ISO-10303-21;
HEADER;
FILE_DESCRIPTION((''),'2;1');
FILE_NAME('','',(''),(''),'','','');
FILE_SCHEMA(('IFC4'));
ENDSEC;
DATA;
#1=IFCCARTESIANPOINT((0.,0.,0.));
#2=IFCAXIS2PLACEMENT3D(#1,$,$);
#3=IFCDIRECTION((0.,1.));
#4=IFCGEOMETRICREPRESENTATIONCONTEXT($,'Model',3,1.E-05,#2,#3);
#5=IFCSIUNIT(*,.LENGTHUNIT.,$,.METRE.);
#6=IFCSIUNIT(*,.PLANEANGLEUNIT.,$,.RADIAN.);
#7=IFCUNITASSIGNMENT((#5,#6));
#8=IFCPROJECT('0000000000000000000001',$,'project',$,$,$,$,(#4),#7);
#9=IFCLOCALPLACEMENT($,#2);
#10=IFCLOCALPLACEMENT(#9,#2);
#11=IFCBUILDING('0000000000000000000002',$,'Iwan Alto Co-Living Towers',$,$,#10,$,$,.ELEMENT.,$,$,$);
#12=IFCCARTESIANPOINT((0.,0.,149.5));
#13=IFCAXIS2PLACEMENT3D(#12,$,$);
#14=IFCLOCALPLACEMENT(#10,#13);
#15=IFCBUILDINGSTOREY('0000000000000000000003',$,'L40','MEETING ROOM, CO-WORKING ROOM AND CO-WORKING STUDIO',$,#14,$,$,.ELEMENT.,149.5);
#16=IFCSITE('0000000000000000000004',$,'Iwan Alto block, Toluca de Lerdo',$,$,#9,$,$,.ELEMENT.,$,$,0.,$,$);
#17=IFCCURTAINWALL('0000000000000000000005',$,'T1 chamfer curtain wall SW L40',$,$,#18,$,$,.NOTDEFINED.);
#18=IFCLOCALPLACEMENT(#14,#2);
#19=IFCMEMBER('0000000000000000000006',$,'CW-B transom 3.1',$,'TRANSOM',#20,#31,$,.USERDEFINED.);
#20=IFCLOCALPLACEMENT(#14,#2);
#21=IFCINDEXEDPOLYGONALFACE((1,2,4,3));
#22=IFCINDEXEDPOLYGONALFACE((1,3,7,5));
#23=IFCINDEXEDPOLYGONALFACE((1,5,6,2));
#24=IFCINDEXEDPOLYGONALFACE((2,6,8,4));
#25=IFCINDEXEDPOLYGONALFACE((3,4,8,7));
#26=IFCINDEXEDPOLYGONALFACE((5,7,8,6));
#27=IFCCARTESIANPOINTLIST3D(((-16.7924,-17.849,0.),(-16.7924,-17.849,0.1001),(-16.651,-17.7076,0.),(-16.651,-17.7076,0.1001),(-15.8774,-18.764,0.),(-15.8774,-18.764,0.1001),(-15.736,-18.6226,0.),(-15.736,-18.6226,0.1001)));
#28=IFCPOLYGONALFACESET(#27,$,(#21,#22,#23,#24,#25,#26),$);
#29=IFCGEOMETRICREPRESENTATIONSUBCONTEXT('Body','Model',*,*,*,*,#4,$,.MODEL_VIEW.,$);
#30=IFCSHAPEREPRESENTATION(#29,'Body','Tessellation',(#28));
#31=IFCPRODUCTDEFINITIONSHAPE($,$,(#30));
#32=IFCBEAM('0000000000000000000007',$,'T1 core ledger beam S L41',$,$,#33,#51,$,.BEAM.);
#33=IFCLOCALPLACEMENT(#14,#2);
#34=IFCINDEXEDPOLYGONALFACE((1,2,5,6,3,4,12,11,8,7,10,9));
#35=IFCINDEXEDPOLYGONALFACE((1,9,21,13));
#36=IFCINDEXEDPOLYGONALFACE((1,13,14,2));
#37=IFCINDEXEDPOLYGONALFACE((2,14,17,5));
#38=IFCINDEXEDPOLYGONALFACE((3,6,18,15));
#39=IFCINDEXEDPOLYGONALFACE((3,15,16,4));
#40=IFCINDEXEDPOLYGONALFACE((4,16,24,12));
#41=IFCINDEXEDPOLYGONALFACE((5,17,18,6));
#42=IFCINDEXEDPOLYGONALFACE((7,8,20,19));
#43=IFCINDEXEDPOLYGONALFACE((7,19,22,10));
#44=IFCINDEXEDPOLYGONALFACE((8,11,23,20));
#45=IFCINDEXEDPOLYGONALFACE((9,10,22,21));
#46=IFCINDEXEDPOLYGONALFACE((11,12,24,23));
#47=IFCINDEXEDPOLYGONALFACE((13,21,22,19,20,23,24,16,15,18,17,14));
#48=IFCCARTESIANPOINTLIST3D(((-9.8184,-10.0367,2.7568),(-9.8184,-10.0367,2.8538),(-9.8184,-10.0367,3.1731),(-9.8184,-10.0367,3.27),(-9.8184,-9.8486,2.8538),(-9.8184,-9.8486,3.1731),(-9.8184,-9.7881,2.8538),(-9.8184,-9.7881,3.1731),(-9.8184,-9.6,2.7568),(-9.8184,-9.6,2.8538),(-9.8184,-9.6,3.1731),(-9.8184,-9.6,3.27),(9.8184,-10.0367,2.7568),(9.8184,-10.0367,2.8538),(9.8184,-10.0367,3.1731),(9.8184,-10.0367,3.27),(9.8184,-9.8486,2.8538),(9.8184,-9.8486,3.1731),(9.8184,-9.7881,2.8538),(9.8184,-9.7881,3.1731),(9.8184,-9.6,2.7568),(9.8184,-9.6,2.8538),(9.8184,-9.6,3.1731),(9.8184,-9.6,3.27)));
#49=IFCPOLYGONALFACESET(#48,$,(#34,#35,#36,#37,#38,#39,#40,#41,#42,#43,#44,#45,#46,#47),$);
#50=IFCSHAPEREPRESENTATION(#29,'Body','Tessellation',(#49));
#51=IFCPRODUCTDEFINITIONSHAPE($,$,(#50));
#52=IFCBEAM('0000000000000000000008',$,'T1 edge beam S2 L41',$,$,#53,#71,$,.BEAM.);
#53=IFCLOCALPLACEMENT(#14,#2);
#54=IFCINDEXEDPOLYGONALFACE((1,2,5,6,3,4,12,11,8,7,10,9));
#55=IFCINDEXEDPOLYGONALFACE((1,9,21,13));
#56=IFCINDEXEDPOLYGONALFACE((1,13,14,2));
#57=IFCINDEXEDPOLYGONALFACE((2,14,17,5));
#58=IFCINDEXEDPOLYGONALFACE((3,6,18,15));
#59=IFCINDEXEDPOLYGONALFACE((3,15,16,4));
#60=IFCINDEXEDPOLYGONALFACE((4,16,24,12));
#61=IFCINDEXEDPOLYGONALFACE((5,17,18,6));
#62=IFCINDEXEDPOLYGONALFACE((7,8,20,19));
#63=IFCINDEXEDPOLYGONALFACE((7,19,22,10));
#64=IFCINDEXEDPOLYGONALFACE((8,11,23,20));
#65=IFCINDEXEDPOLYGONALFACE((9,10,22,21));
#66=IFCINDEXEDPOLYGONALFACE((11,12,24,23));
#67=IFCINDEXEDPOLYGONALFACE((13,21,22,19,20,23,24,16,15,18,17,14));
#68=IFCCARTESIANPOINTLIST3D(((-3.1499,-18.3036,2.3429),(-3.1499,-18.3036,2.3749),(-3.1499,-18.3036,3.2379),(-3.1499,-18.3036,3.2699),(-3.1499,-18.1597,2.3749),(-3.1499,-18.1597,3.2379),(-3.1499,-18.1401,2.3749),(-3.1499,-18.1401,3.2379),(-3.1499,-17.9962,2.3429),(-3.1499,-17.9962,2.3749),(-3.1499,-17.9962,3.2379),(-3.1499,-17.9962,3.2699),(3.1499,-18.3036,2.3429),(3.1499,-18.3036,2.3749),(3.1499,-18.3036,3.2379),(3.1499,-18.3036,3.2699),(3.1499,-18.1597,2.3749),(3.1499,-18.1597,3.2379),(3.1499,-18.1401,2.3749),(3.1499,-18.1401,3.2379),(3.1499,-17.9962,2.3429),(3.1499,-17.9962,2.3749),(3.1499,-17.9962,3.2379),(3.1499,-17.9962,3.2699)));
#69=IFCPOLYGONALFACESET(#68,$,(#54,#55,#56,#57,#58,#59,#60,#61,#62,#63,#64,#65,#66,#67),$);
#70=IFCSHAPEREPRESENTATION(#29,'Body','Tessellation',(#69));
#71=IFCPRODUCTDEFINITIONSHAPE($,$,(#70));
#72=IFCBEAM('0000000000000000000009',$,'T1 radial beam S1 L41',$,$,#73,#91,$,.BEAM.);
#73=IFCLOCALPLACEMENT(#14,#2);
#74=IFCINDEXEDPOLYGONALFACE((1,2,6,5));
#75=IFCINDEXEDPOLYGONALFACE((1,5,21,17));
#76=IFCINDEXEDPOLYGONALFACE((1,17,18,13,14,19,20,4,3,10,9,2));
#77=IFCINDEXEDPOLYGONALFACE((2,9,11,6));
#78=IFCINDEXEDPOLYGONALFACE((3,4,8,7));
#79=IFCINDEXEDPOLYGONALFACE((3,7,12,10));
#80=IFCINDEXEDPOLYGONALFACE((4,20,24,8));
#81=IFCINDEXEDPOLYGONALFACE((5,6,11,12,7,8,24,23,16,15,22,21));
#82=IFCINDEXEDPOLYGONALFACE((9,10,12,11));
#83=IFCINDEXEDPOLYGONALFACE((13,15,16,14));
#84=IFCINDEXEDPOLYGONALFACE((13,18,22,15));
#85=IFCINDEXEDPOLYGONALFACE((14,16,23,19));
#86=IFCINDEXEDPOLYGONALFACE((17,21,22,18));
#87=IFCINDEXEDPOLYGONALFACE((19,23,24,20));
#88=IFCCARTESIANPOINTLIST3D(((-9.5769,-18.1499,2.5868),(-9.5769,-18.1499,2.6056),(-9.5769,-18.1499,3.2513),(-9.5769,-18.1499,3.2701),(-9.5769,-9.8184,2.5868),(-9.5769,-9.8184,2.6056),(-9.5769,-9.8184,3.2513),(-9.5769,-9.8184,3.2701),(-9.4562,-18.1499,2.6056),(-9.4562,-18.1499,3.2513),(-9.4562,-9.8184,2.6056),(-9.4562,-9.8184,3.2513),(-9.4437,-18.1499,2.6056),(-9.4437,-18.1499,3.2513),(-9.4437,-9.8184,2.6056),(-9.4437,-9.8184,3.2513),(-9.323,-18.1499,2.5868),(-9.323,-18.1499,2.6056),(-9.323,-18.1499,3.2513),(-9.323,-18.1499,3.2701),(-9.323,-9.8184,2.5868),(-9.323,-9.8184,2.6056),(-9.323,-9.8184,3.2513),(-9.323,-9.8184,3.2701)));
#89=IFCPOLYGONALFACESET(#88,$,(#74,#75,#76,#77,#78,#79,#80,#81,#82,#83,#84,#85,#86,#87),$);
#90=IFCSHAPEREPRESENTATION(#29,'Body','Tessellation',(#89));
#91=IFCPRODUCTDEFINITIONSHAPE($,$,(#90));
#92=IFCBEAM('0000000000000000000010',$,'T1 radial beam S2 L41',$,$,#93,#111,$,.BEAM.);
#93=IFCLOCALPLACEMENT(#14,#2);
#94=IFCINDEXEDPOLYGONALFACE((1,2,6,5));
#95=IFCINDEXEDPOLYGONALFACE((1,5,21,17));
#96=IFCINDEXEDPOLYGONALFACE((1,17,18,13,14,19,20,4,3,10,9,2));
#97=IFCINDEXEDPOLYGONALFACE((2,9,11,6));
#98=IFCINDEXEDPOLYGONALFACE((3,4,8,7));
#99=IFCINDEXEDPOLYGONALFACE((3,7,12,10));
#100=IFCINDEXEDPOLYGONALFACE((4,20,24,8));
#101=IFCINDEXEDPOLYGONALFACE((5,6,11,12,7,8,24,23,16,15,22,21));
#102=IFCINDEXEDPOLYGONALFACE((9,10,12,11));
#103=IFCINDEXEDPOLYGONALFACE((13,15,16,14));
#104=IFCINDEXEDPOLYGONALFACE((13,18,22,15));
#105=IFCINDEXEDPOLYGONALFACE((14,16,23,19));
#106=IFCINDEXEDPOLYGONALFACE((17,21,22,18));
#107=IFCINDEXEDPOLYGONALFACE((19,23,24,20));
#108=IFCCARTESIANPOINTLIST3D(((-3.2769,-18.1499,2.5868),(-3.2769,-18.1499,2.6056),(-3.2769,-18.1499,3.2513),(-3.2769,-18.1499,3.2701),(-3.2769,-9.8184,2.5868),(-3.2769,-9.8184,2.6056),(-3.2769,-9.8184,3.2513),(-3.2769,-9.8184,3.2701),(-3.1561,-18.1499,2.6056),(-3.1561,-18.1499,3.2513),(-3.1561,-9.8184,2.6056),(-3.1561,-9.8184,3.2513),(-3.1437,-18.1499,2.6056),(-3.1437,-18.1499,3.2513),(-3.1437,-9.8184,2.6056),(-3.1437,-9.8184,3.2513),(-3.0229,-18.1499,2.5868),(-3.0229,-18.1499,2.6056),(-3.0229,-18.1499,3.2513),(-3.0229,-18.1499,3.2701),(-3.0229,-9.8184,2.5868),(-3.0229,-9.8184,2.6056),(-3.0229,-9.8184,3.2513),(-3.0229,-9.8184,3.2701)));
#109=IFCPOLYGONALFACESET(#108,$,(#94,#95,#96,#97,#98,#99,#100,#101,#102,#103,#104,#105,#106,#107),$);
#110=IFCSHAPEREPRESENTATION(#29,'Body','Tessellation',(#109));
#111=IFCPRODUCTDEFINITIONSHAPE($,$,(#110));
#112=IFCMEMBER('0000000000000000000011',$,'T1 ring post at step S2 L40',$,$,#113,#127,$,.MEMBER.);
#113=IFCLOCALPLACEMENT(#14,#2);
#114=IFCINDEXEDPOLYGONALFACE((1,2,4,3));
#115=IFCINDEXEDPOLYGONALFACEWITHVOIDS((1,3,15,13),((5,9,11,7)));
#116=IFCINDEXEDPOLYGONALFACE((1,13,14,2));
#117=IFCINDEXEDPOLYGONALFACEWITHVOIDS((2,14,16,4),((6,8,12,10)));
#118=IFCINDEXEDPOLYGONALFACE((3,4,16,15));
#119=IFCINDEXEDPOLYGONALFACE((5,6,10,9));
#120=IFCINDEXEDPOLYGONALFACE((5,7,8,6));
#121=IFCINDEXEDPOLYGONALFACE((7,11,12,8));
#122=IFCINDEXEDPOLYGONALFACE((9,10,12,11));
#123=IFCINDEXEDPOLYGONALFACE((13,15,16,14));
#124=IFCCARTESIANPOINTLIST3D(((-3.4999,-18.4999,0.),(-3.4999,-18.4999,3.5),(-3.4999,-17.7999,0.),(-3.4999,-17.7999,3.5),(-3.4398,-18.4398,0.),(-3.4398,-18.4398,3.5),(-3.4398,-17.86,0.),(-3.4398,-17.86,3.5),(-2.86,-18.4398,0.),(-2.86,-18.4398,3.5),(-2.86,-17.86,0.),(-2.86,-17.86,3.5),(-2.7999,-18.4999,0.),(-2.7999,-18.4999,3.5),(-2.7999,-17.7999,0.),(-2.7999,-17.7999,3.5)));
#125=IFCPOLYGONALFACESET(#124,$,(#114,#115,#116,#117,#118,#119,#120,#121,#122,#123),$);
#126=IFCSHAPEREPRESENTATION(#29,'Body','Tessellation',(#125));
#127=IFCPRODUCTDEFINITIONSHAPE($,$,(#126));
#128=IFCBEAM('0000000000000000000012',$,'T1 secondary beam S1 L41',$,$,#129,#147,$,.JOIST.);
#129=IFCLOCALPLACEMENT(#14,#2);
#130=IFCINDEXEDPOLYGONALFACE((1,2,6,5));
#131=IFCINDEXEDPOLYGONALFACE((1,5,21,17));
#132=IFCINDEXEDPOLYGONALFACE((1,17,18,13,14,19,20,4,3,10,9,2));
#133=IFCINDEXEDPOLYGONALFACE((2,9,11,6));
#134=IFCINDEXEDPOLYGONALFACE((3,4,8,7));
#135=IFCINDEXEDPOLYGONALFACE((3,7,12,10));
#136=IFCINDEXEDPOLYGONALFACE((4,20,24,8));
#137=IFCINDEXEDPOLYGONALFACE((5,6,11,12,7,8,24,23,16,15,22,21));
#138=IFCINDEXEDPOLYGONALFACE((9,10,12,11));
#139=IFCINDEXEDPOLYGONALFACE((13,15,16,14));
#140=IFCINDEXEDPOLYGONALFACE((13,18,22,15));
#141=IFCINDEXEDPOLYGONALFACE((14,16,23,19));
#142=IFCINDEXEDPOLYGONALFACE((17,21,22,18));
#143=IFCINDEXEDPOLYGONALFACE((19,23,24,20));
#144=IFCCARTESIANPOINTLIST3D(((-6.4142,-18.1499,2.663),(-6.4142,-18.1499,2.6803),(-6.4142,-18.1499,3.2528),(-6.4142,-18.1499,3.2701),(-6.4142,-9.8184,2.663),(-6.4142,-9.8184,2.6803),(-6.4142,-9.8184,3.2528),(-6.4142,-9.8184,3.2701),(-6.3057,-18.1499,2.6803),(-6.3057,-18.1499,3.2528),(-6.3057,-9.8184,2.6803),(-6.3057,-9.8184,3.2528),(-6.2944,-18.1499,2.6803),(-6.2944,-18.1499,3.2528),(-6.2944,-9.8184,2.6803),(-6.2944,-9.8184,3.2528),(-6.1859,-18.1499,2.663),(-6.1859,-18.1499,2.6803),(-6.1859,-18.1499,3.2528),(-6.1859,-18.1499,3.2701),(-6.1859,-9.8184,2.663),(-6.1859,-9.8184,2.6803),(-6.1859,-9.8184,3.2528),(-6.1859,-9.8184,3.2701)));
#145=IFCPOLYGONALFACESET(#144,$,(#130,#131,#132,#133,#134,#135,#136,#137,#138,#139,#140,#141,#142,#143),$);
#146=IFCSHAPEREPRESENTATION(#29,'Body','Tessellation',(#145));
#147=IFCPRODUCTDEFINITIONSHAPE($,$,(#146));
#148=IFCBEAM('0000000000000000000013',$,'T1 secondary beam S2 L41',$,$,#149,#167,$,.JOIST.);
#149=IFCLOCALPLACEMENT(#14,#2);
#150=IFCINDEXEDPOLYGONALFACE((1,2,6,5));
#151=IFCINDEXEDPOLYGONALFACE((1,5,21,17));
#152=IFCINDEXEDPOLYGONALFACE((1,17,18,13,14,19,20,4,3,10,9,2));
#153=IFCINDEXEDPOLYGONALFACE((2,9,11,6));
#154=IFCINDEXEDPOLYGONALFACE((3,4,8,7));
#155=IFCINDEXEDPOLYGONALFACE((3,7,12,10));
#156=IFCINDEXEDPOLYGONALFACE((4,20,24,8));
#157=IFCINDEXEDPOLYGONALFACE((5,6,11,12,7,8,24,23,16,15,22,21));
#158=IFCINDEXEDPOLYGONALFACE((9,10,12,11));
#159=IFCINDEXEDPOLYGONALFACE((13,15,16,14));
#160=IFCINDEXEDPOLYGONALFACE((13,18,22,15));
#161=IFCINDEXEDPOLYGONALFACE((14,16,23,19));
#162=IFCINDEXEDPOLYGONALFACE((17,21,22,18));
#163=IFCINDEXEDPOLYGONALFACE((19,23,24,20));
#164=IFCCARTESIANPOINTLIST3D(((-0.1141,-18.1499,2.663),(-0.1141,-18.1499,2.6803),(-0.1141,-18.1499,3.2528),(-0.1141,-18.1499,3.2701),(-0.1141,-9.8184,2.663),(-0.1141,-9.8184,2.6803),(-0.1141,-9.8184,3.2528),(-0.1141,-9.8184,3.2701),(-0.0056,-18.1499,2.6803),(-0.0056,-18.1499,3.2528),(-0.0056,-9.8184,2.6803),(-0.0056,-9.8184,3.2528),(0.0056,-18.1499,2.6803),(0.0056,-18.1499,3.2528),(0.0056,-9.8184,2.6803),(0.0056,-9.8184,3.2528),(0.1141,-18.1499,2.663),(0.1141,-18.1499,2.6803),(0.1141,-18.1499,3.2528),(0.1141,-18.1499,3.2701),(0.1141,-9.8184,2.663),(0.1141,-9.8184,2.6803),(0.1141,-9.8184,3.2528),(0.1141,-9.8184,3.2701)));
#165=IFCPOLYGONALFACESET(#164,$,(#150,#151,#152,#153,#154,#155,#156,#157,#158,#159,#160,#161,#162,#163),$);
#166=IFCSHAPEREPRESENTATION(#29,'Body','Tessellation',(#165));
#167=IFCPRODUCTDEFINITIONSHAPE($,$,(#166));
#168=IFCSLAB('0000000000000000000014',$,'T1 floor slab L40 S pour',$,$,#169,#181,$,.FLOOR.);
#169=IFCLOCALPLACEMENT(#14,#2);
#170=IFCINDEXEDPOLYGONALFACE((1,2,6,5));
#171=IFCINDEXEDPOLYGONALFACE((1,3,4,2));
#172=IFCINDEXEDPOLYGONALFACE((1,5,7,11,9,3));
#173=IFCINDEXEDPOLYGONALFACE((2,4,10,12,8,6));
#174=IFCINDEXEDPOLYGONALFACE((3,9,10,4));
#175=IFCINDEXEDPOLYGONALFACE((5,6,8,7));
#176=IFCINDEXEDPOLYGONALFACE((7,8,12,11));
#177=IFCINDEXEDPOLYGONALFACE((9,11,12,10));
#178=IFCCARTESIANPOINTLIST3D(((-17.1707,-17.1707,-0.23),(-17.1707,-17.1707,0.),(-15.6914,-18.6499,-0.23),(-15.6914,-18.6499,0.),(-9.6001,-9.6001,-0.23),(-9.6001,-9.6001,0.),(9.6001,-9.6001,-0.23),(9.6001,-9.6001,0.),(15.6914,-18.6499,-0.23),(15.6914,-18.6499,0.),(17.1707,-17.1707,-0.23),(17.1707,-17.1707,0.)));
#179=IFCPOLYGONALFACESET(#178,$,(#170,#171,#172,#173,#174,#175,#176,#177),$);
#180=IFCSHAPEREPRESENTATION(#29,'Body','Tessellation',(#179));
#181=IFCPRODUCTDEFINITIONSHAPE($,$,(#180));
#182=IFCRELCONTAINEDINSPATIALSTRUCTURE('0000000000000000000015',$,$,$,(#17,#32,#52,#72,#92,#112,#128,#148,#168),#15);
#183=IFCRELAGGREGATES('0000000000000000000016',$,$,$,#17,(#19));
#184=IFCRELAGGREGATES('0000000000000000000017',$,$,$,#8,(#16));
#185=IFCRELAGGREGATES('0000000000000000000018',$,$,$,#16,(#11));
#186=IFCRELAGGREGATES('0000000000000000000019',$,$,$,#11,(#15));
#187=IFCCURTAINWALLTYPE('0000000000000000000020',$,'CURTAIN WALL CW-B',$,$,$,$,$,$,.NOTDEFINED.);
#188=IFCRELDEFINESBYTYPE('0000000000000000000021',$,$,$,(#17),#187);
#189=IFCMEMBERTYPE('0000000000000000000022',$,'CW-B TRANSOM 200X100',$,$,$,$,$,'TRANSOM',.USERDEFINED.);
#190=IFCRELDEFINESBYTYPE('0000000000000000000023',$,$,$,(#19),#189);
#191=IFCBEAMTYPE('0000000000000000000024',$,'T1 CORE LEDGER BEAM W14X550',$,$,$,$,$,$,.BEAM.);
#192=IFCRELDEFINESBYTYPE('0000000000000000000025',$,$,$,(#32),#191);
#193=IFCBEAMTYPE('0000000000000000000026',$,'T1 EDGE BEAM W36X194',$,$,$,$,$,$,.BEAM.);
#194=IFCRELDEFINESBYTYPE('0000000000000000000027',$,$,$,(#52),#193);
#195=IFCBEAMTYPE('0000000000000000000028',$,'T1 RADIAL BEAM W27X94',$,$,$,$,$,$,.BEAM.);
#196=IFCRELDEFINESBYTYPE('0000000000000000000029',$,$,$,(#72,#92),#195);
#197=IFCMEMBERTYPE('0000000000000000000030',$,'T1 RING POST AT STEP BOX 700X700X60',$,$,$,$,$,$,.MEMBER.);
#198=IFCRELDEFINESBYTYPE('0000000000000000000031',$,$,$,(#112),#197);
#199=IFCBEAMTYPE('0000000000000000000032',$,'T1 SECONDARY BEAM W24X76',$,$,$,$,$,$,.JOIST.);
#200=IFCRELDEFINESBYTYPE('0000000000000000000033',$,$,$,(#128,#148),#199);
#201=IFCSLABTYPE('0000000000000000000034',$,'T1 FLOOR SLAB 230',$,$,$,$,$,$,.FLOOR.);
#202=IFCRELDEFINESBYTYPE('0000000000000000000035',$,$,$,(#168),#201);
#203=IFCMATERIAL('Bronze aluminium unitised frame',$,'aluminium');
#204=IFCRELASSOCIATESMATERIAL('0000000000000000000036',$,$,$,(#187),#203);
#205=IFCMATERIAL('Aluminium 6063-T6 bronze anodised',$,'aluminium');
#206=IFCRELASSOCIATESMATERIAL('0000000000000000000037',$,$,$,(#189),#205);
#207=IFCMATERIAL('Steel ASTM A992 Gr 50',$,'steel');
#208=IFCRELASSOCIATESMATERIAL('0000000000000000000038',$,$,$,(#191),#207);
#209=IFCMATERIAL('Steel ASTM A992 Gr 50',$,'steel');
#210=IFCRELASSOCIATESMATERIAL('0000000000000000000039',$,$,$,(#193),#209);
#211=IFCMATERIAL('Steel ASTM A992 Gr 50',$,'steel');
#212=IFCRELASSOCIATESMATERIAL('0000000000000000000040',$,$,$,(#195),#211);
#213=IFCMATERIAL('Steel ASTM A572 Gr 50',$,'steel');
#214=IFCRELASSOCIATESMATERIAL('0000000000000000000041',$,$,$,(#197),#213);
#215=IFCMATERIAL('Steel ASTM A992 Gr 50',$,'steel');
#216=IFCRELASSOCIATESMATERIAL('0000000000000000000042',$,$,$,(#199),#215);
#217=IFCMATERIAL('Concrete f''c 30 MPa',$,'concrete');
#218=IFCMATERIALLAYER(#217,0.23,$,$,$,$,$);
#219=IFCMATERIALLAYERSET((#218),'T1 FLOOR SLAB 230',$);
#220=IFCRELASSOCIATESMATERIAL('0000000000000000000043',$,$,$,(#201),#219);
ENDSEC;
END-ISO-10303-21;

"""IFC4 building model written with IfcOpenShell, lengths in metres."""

from ifc_helpers import new_model, si_unit, direction, frame, origin, origin_2d, place, context, subcontext, project, spatial, polyline, rectangle, hollow_rectangle, i_section, outline, extrude, material, layer, layer_set, material_profile, profile_set, type_object, element, aggregate, save


model = new_model("IFC4")

# Units and contexts
model_context = context("Model", 3, precision=1e-05, world=origin(), true_north=direction((0.0, 1.0)))
body_context = subcontext(model_context, "Body", "Model", "MODEL_VIEW")
ifc_project = project(units=[si_unit("LENGTHUNIT", "METRE"), si_unit("PLANEANGLEUNIT", "RADIAN")], contexts=[model_context])

# Site, building, storey
site_placement = place(None, origin())
site = spatial("IfcSite", under=ifc_project, at=site_placement, Name="Iwan Alto block, Toluca de Lerdo", CompositionType="ELEMENT", RefElevation=0.0)
building_placement = place(site_placement, origin())
building = spatial("IfcBuilding", under=site, at=building_placement, Name="Iwan Alto Co-Living Towers", CompositionType="ELEMENT")
storey_placement = place(building_placement, frame((0.0, 0.0, 149.5)))
storey = spatial("IfcBuildingStorey", under=building, at=storey_placement, Name="L40", Description="MEETING ROOM, CO-WORKING ROOM AND CO-WORKING STUDIO", CompositionType="ELEMENT", Elevation=149.5)

# Curtain wall, member
ifc_material_1 = material(Name="Bronze aluminium unitised frame", Category="aluminium")
curtain_wall_type = type_object("IfcCurtainWallType", Name="CURTAIN WALL CW-B", PredefinedType="NOTDEFINED", material=ifc_material_1)
curtain_wall_placement = place(storey_placement, origin())
curtain_wall = element("IfcCurtainWall", 1, at=curtain_wall_placement, inside=storey, type_object=curtain_wall_type, Name="T1 chamfer curtain wall SW L40", PredefinedType="NOTDEFINED")
ifc_material_2 = material(Name="Aluminium 6063-T6 bronze anodised", Category="aluminium")
ifc_material_profile_1 = material_profile(ifc_material_2, rectangle(XDim=0.2, YDim=0.1001, at=origin_2d()), Name="AL 200X100")
ifc_profile_set_1 = profile_set([ifc_material_profile_1], Name="Aluminium 6063-T6 bronze anodised")
member_type_1 = type_object("IfcMemberType", Name="CW-B TRANSOM 200X100", ElementType="TRANSOM", PredefinedType="USERDEFINED", material=ifc_profile_set_1)
member_1_placement = place(storey_placement, frame((-16.7217, -17.7783, 0.05), z_axis=(0.707107, -0.707107, 0.0), x_axis=(0.707107, 0.707107, 0.0)))
member_1 = element("IfcMember", 2, at=member_1_placement, type_object=member_type_1, Name="CW-B transom 3.1", ObjectType="TRANSOM", PredefinedType="USERDEFINED", context=body_context, shape_type="SweptSolid", body=[
    extrude(rectangle(XDim=0.2, YDim=0.1001, at=origin_2d()), origin(), (0.0, 0.0, 1.0), 1.2939),
])
aggregate(curtain_wall, [member_1])

# Beams
ifc_material_3 = material(Name="Steel ASTM A992 Gr 50", Category="steel")
ifc_material_profile_2 = material_profile(ifc_material_3, i_section(OverallWidth=0.4368, OverallDepth=0.5132, WebThickness=0.0605, FlangeThickness=0.0969, at=origin_2d()), Name="W14X550")
ifc_profile_set_2 = profile_set([ifc_material_profile_2], Name="Steel ASTM A992 Gr 50")
beam_type_1 = type_object("IfcBeamType", Name="T1 CORE LEDGER BEAM W14X550", PredefinedType="BEAM", material=ifc_profile_set_2)
beam_1_placement = place(storey_placement, frame((-9.8184, -9.8184, 3.0134), z_axis=(1.0, 0.0, 0.0), x_axis=(0.0, 1.0, 0.0)))
element("IfcBeam", 3, at=beam_1_placement, inside=storey, type_object=beam_type_1, Name="T1 core ledger beam S L41", PredefinedType="BEAM", context=body_context, shape_type="SweptSolid", body=[
    extrude(i_section(OverallWidth=0.4368, OverallDepth=0.5132, WebThickness=0.0605, FlangeThickness=0.0969, at=origin_2d()), origin(), (0.0, 0.0, 1.0), 19.6367),
])
ifc_material_4 = material(Name="Steel ASTM A992 Gr 50", Category="steel")
ifc_material_profile_3 = material_profile(ifc_material_4, i_section(OverallWidth=0.3074, OverallDepth=0.927, WebThickness=0.0195, FlangeThickness=0.032, at=origin_2d()), Name="W36X194")
ifc_profile_set_3 = profile_set([ifc_material_profile_3], Name="Steel ASTM A992 Gr 50")
beam_type_2 = type_object("IfcBeamType", Name="T1 EDGE BEAM W36X194", PredefinedType="BEAM", material=ifc_profile_set_3)
beam_2_placement = place(storey_placement, frame((-3.1499, -18.1499, 2.8064), z_axis=(1.0, 0.0, 0.0), x_axis=(0.0, 1.0, 0.0)))
element("IfcBeam", 4, at=beam_2_placement, inside=storey, type_object=beam_type_2, Name="T1 edge beam S2 L41", PredefinedType="BEAM", context=body_context, shape_type="SweptSolid", body=[
    extrude(i_section(OverallWidth=0.3074, OverallDepth=0.927, WebThickness=0.0195, FlangeThickness=0.032, at=origin_2d()), origin(), (0.0, 0.0, 1.0), 6.2998),
])
ifc_material_5 = material(Name="Steel ASTM A992 Gr 50", Category="steel")
ifc_material_profile_4 = material_profile(ifc_material_5, i_section(OverallWidth=0.2539, OverallDepth=0.6833, WebThickness=0.0125, FlangeThickness=0.0188, at=origin_2d()), Name="W27X94")
ifc_profile_set_4 = profile_set([ifc_material_profile_4], Name="Steel ASTM A992 Gr 50")
beam_type_3 = type_object("IfcBeamType", Name="T1 RADIAL BEAM W27X94", PredefinedType="BEAM", material=ifc_profile_set_4)
for number, where, z_axis, x_axis, name in (
    (5, (-9.45, -18.1499, 2.9285), (0.0, 1.0, 0.0), (-1.0, 0.0, 0.0), "T1 radial beam S1 L41"),
    (6, (-3.1499, -18.1499, 2.9285), (0.0, 1.0, 0.0), (-1.0, 0.0, 0.0), "T1 radial beam S2 L41"),
):
    element("IfcBeam", number, at=place(storey_placement, frame(where, z_axis=z_axis, x_axis=x_axis)), inside=storey, type_object=beam_type_3, Name=name, PredefinedType="BEAM", context=body_context, shape_type="SweptSolid", body=[
        extrude(i_section(OverallWidth=0.2539, OverallDepth=0.6833, WebThickness=0.0125, FlangeThickness=0.0188, at=origin_2d()), origin(), (0.0, 0.0, 1.0), 8.3315),
    ])

# Member
ifc_material_6 = material(Name="Steel ASTM A572 Gr 50", Category="steel")
ifc_material_profile_5 = material_profile(ifc_material_6, hollow_rectangle(XDim=0.7, YDim=0.7, WallThickness=0.0601, at=origin_2d()), Name="BOX 700X700X60")
ifc_profile_set_5 = profile_set([ifc_material_profile_5], Name="Steel ASTM A572 Gr 50")
member_type_2 = type_object("IfcMemberType", Name="T1 RING POST AT STEP BOX 700X700X60", PredefinedType="MEMBER", material=ifc_profile_set_5)
member_2_placement = place(storey_placement, frame((-3.1499, -18.1499, 0.0), z_axis=(0.0, 0.0, 1.0), x_axis=(1.0, 0.0, 0.0)))
element("IfcMember", 7, at=member_2_placement, inside=storey, type_object=member_type_2, Name="T1 ring post at step S2 L40", PredefinedType="MEMBER", context=body_context, shape_type="SweptSolid", body=[
    extrude(hollow_rectangle(XDim=0.7, YDim=0.7, WallThickness=0.0601, at=origin_2d()), origin(), (0.0, 0.0, 1.0), 3.5),
])

# Beams
ifc_material_7 = material(Name="Steel ASTM A992 Gr 50", Category="steel")
ifc_material_profile_6 = material_profile(ifc_material_7, i_section(OverallWidth=0.2283, OverallDepth=0.6072, WebThickness=0.0112, FlangeThickness=0.0173, at=origin_2d()), Name="W24X76")
ifc_profile_set_6 = profile_set([ifc_material_profile_6], Name="Steel ASTM A992 Gr 50")
beam_type_4 = type_object("IfcBeamType", Name="T1 SECONDARY BEAM W24X76", PredefinedType="JOIST", material=ifc_profile_set_6)
for number, where, z_axis, x_axis, name in (
    (8, (-6.3, -18.1499, 2.9666), (0.0, 1.0, 0.0), (-1.0, 0.0, 0.0), "T1 secondary beam S1 L41"),
    (9, (0.0, -18.1499, 2.9666), (0.0, 1.0, 0.0), (-1.0, 0.0, 0.0), "T1 secondary beam S2 L41"),
):
    element("IfcBeam", number, at=place(storey_placement, frame(where, z_axis=z_axis, x_axis=x_axis)), inside=storey, type_object=beam_type_4, Name=name, PredefinedType="JOIST", context=body_context, shape_type="SweptSolid", body=[
        extrude(i_section(OverallWidth=0.2283, OverallDepth=0.6072, WebThickness=0.0112, FlangeThickness=0.0173, at=origin_2d()), origin(), (0.0, 0.0, 1.0), 8.3315),
    ])

# Slab
ifc_material_8 = material(Name="Concrete f'c 30 MPa", Category="concrete")
ifc_layer_1 = layer(ifc_material_8, 0.23)
ifc_layer_set_1 = layer_set([ifc_layer_1], Name="T1 FLOOR SLAB 230")
slab_type = type_object("IfcSlabType", Name="T1 FLOOR SLAB 230", PredefinedType="FLOOR", material=ifc_layer_set_1)
slab_1_placement = place(storey_placement, frame((0.0, 0.0, -0.23)))
element("IfcSlab", 10, at=slab_1_placement, inside=storey, type_object=slab_type, Name="T1 floor slab L40 S pour", PredefinedType="FLOOR", context=body_context, shape_type="SweptSolid", body=[
    extrude(outline(polyline([(15.6914, -18.6499), (-15.6914, -18.6499), (-17.1707, -17.1707), (-9.6001, -9.6001), (9.6001, -9.6001), (17.1707, -17.1707), (15.6914, -18.6499)])), origin(), (0.0, 0.0, 1.0), 0.23),
])

save(model, "model.ifc")
